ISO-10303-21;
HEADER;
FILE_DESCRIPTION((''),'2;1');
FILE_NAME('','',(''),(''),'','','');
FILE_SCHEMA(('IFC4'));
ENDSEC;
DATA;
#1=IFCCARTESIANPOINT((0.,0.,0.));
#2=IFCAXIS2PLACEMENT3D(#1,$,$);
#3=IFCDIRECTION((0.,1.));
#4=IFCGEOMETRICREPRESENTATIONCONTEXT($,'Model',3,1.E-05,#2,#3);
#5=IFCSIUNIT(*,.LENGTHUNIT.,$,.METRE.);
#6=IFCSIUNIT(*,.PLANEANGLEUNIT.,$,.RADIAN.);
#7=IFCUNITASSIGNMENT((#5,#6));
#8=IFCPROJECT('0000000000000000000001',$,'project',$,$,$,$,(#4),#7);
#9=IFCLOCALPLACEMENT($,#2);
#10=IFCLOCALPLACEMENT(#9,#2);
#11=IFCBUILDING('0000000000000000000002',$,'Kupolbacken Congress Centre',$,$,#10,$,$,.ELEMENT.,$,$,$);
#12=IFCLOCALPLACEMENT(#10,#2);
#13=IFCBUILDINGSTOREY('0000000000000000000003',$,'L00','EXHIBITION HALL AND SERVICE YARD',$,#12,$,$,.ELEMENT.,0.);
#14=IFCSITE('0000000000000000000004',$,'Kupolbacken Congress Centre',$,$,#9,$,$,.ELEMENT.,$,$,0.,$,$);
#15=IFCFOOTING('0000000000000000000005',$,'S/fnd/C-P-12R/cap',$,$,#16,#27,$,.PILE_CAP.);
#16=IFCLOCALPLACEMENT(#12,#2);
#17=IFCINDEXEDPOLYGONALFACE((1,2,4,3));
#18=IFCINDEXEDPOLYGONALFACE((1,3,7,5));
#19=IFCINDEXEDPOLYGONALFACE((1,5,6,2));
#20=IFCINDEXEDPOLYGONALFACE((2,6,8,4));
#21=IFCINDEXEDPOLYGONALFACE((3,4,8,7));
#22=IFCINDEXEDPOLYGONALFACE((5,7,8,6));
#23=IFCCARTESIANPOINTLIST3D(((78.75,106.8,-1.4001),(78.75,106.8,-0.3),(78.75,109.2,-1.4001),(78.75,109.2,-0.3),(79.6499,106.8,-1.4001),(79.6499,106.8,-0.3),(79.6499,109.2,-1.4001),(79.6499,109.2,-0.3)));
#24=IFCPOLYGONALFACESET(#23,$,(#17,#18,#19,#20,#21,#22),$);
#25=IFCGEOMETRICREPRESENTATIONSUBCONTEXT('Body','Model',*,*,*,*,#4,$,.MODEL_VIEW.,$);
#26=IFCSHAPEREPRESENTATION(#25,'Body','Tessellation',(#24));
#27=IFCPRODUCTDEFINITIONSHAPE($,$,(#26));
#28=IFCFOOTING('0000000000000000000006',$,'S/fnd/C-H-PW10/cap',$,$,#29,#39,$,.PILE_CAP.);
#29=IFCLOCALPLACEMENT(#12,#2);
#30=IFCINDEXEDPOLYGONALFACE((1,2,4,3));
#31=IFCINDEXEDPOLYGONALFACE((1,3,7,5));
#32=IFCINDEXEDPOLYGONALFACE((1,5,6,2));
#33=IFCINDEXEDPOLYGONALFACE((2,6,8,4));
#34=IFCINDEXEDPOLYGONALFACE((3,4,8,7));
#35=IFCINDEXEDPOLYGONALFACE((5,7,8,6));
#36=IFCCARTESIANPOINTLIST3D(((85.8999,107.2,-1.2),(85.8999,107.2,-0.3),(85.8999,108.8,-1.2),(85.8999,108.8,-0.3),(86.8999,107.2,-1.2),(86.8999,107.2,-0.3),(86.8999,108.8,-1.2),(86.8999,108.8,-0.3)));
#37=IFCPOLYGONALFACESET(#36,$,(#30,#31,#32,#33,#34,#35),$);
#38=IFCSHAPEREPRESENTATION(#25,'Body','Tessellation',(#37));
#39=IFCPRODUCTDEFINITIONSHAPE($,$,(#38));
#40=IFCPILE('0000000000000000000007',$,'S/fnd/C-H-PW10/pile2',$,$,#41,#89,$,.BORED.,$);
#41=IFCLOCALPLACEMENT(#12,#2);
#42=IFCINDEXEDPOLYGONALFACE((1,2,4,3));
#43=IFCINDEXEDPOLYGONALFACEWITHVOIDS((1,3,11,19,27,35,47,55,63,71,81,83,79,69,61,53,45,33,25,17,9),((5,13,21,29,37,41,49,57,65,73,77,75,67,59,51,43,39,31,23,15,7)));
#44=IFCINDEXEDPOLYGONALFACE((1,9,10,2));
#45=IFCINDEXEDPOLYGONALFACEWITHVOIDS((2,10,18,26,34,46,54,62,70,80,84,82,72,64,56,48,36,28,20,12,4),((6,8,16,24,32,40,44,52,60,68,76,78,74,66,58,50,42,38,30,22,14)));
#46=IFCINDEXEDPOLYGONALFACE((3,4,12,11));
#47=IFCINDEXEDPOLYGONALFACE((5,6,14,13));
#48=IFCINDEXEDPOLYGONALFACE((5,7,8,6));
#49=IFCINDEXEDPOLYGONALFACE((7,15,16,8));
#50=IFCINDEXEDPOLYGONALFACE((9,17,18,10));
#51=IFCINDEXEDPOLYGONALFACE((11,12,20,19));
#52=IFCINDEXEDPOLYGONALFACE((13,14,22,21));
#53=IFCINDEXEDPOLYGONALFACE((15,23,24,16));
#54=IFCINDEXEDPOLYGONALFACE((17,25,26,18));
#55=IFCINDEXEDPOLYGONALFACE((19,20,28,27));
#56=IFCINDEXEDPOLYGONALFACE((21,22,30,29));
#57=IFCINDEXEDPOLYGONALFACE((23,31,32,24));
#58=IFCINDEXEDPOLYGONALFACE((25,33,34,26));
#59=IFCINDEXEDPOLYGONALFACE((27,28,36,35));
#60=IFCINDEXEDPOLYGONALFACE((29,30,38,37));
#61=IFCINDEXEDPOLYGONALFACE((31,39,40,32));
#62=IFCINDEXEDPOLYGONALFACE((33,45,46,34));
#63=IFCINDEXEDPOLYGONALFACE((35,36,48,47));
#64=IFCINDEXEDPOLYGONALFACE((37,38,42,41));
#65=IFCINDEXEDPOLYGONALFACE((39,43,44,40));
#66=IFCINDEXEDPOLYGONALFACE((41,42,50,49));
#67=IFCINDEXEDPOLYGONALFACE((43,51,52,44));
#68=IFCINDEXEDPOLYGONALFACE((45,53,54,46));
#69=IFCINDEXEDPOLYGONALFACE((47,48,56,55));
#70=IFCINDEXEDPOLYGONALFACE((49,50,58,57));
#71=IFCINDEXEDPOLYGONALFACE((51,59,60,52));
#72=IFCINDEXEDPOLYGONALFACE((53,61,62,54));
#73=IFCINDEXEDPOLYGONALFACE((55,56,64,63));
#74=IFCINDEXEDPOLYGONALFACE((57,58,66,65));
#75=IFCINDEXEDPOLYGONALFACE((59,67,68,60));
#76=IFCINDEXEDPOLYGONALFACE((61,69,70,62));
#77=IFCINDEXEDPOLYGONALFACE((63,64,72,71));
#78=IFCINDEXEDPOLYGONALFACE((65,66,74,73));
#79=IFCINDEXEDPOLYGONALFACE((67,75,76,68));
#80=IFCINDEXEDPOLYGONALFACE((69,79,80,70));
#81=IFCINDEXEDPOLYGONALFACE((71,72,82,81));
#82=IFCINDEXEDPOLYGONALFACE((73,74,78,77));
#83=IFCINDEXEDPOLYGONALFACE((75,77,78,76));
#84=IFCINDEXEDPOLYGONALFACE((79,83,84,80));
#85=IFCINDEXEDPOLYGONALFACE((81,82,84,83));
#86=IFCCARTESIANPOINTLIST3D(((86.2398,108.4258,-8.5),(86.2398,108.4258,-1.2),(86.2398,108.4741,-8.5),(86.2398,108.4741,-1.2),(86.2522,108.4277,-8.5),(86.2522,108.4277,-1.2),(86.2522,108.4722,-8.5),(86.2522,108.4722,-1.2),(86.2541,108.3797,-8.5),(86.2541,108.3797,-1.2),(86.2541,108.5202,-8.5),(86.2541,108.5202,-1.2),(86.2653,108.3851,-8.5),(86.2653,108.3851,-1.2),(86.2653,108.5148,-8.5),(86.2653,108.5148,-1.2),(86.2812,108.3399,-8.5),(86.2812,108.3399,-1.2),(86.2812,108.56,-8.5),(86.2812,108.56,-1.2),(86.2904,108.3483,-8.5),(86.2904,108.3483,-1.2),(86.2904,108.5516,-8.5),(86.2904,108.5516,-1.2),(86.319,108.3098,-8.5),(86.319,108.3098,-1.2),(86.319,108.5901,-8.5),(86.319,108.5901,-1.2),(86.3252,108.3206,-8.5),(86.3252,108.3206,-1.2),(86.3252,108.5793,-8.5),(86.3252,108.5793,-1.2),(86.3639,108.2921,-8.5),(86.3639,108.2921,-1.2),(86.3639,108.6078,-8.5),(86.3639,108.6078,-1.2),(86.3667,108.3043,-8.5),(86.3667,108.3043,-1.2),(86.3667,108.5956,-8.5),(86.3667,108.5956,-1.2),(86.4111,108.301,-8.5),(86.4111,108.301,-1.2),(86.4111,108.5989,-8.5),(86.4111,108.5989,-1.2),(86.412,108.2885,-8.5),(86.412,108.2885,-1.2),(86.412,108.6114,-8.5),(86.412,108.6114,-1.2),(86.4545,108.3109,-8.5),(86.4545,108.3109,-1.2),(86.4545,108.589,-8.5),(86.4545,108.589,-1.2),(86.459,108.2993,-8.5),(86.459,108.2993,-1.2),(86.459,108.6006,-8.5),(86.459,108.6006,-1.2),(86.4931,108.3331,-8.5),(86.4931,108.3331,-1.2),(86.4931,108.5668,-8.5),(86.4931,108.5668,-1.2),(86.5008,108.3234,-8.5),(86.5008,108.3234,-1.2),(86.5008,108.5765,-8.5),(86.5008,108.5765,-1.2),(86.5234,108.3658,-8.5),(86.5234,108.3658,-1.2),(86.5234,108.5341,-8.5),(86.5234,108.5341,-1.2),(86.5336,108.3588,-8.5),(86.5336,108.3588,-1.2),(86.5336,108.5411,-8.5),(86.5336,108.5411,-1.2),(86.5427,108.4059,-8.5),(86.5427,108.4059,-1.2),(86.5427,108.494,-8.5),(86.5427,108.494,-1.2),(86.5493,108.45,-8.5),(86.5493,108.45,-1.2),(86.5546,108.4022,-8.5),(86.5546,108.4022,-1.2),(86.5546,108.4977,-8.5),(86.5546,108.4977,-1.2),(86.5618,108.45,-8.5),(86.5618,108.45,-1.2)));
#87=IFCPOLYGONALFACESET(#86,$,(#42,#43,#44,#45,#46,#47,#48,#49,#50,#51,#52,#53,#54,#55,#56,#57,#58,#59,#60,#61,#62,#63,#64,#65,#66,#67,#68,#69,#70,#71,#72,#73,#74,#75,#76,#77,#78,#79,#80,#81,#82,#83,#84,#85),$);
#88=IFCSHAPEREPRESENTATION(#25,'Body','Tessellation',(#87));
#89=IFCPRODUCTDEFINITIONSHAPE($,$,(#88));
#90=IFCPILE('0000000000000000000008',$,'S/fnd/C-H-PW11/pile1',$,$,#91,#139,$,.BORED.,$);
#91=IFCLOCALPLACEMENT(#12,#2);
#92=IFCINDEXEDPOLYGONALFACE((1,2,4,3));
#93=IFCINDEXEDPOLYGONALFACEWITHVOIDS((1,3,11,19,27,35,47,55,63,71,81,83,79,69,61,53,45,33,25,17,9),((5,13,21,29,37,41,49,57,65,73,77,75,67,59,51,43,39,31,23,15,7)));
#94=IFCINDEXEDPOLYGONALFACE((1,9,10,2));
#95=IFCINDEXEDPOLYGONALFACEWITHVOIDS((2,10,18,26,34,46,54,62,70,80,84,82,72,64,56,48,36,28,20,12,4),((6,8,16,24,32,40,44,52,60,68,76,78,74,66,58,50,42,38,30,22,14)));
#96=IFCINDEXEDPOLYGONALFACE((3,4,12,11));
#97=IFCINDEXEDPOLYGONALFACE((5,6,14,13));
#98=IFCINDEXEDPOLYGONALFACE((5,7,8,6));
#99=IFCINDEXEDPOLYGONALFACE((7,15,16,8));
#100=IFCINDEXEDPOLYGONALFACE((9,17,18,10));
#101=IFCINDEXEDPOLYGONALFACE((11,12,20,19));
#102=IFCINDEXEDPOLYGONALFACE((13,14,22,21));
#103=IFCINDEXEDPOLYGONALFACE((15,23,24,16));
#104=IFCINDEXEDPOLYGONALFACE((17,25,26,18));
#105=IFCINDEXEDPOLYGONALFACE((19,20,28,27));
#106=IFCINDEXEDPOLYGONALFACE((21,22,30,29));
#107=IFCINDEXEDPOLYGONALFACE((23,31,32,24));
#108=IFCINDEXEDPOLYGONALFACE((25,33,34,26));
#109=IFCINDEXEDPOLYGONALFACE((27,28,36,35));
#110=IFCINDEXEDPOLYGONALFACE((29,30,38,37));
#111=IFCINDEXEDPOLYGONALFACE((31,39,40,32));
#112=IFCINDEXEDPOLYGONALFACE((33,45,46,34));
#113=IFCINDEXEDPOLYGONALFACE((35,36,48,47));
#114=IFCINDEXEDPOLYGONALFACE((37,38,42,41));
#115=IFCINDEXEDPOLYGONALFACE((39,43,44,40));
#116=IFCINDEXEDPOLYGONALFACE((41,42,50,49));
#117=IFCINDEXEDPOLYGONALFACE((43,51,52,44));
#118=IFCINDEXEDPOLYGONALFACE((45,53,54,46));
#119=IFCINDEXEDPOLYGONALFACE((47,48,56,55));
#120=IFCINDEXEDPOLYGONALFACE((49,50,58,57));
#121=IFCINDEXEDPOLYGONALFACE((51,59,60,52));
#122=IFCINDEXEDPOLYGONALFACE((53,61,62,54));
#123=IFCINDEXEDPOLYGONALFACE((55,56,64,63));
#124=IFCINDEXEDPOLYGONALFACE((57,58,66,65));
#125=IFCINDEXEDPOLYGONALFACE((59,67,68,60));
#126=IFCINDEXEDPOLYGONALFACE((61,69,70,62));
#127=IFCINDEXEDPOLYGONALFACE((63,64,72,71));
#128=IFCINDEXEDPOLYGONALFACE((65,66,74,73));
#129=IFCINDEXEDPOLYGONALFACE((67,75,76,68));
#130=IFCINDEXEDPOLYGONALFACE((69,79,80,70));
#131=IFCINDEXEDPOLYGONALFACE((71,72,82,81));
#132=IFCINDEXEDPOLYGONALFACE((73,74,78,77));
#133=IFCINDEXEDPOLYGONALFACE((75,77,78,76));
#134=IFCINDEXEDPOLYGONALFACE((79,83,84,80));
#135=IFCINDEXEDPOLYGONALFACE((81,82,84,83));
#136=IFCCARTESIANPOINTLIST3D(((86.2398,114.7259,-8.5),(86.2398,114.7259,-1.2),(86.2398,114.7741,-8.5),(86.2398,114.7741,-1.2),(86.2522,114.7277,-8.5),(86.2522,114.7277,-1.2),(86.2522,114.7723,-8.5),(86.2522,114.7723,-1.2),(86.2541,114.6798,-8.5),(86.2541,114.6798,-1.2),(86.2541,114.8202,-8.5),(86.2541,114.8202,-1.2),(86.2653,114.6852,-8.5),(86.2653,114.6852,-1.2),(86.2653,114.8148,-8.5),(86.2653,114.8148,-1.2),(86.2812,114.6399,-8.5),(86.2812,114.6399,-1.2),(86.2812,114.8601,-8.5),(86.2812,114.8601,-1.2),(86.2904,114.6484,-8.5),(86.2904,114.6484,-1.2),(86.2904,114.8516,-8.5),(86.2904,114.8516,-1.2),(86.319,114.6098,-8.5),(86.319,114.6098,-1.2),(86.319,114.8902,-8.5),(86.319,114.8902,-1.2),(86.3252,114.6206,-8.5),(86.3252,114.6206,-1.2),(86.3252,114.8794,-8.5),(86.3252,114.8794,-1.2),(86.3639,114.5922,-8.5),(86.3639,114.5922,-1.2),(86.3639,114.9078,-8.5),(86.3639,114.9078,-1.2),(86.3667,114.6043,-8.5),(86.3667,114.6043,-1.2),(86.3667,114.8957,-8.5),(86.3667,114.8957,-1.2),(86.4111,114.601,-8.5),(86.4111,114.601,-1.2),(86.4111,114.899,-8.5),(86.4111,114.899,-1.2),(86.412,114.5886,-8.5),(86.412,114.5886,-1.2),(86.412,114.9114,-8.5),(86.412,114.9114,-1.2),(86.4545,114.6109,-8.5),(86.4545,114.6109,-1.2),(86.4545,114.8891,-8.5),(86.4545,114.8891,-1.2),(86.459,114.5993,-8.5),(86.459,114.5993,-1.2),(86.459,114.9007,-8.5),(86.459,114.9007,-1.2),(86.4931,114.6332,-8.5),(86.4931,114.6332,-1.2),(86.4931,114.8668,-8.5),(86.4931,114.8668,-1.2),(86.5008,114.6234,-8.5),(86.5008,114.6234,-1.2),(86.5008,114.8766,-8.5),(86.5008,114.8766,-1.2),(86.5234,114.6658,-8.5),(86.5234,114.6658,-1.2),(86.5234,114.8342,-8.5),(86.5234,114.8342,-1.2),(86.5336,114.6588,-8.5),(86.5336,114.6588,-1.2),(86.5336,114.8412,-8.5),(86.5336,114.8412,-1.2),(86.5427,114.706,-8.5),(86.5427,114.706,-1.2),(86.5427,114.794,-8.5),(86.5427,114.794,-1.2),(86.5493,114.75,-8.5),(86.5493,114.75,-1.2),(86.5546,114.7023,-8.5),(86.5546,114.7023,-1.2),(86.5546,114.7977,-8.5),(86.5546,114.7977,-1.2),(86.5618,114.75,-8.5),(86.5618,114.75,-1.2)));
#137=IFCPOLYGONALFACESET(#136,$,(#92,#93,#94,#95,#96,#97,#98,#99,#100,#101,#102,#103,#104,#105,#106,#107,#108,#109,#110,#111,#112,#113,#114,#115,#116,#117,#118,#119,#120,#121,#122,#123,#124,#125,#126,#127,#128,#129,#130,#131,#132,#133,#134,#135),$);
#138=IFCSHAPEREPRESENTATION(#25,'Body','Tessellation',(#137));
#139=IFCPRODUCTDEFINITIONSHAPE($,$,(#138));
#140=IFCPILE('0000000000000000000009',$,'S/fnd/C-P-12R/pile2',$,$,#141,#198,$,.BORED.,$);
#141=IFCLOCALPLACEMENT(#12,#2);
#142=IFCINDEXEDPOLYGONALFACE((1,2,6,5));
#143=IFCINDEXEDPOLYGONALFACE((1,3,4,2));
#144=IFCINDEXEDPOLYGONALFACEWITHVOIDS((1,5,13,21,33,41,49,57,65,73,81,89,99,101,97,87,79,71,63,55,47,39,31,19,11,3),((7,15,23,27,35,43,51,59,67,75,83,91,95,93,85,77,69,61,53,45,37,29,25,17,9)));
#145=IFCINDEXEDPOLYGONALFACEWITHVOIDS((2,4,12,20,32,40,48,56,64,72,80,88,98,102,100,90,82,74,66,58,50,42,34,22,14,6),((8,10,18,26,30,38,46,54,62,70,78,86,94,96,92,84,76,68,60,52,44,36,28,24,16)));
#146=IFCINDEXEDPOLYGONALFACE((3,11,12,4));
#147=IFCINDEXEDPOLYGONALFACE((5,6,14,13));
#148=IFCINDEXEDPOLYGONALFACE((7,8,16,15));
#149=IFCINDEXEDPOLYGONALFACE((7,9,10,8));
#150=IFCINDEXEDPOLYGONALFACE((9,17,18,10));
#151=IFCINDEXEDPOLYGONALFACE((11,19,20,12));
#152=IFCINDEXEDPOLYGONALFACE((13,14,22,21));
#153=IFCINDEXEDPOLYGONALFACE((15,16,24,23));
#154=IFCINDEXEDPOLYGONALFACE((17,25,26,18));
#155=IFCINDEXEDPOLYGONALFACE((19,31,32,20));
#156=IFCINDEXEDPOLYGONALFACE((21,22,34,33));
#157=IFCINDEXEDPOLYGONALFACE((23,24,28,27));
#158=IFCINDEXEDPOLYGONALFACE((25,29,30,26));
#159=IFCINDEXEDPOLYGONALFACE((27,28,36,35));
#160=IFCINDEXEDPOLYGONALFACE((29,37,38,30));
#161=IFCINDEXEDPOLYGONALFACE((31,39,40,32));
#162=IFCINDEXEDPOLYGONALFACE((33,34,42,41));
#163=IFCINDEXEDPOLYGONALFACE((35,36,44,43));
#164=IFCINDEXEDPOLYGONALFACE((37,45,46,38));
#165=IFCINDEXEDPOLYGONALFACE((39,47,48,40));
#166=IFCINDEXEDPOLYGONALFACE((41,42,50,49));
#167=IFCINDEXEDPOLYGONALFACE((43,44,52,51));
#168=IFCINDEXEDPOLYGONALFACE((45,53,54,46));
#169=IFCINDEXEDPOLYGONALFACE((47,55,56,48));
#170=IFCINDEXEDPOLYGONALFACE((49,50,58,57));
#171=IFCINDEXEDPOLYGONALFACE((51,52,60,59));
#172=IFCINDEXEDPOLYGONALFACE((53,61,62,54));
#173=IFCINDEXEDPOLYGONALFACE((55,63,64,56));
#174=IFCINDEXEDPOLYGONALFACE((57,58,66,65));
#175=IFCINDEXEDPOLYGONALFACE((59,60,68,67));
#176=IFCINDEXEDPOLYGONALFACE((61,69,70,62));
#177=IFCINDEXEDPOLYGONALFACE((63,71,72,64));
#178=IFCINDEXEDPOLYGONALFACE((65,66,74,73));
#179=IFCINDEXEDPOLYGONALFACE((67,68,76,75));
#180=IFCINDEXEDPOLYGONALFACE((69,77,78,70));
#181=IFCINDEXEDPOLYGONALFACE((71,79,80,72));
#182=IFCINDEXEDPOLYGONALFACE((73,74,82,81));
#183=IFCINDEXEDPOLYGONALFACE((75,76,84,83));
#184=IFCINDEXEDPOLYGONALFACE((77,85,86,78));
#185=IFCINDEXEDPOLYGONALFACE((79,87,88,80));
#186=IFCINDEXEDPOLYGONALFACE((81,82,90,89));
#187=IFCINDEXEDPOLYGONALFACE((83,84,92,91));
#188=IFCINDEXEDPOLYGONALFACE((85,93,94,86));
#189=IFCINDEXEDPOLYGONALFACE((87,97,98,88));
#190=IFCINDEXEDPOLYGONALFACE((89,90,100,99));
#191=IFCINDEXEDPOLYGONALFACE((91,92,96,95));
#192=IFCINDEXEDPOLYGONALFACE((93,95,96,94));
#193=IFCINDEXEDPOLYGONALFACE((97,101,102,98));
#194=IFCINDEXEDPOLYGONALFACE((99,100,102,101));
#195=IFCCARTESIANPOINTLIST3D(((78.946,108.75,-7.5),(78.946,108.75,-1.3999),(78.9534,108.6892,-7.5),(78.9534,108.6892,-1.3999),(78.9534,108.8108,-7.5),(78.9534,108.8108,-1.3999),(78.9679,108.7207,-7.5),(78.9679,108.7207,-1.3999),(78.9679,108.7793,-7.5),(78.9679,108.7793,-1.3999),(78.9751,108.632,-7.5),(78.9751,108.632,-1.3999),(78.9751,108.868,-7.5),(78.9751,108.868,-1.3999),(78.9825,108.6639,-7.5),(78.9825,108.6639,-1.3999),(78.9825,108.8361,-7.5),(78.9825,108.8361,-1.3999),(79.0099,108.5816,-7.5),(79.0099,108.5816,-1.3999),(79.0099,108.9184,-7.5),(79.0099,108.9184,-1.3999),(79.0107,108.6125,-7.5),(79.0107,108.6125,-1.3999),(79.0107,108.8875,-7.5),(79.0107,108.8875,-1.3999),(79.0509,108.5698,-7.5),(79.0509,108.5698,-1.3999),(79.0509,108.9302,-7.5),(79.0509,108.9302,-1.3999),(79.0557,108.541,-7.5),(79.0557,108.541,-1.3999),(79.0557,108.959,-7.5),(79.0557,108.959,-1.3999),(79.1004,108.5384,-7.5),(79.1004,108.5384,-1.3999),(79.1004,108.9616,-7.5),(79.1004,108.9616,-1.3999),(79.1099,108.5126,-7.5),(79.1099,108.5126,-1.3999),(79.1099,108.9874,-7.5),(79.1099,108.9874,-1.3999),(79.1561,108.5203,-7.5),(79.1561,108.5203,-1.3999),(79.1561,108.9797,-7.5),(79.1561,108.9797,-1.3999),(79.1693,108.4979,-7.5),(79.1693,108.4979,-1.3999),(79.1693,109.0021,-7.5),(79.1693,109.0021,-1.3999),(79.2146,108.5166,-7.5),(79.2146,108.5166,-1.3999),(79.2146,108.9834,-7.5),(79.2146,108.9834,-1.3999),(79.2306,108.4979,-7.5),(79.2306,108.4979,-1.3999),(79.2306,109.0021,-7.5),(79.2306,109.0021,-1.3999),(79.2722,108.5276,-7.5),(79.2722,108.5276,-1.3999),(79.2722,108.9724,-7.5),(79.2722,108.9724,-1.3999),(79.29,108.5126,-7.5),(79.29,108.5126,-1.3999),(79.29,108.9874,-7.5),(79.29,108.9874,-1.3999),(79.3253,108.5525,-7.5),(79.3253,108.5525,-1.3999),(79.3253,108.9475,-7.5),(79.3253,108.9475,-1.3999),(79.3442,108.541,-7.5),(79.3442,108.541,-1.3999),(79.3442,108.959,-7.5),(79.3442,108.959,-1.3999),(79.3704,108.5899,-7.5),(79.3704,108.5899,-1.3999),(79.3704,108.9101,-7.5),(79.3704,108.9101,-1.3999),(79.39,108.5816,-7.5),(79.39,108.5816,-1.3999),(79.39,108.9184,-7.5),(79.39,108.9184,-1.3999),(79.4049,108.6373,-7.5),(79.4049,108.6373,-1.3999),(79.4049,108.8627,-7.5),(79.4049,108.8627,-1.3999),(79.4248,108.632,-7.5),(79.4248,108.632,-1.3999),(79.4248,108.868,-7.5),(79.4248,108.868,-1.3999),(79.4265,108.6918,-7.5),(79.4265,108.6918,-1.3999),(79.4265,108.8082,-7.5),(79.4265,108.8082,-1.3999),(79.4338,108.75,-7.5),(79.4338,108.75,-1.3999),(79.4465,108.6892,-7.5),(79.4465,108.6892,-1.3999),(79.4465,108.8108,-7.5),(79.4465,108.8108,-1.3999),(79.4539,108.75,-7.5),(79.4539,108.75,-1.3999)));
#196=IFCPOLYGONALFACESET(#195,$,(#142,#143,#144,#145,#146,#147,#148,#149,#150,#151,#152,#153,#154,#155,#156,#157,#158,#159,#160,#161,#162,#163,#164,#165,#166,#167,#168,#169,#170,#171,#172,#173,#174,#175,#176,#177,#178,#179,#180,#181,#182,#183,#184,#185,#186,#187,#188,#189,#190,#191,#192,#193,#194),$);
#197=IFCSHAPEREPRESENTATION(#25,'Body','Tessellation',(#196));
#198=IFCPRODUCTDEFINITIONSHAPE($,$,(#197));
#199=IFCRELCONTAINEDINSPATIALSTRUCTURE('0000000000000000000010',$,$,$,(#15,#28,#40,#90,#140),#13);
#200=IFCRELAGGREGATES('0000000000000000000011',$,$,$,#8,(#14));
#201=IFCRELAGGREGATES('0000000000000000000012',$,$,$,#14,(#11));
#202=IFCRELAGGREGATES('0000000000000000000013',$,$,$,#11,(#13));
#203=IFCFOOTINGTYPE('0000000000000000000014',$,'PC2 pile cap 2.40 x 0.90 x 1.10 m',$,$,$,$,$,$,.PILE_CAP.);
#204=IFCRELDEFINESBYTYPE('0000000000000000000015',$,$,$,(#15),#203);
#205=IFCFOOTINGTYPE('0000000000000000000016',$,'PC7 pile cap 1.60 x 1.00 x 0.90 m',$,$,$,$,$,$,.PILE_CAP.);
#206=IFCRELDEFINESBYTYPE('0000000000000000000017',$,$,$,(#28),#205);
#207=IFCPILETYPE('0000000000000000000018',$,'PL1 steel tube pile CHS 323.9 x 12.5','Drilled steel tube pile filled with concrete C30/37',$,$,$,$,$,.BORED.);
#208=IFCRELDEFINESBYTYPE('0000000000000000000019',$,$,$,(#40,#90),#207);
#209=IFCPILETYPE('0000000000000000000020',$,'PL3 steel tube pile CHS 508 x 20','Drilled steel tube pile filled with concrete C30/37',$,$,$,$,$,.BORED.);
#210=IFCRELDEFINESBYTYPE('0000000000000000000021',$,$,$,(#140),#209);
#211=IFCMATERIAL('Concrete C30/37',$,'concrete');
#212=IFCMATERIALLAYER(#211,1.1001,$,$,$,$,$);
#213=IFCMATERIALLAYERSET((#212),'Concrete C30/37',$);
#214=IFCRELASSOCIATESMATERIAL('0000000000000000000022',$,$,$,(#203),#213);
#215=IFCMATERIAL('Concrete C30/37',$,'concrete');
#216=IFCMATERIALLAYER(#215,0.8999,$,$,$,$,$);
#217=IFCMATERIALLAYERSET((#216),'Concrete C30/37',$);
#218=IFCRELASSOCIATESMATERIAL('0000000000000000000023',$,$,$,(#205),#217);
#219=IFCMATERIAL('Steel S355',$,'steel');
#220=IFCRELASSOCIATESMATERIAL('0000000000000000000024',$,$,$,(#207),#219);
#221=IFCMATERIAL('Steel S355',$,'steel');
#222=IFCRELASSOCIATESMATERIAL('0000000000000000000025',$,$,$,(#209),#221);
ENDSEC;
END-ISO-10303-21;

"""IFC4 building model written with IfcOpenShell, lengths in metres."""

from ifc_helpers import new_model, si_unit, direction, frame, origin, origin_2d, place, context, subcontext, project, spatial, rectangle, hollow_circle, extrude, material, layer, layer_set, material_profile, profile_set, type_object, element, save


model = new_model("IFC4")

# Units and contexts
model_context = context("Model", 3, precision=1e-05, world=origin(), true_north=direction((0.0, 1.0)))
body_context = subcontext(model_context, "Body", "Model", "MODEL_VIEW")
ifc_project = project(units=[si_unit("LENGTHUNIT", "METRE"), si_unit("PLANEANGLEUNIT", "RADIAN")], contexts=[model_context])

# Site, building, storey
site_placement = place(None, origin())
site = spatial("IfcSite", under=ifc_project, at=site_placement, Name="Kupolbacken Congress Centre", CompositionType="ELEMENT", RefElevation=0.0)
building_placement = place(site_placement, origin())
building = spatial("IfcBuilding", under=site, at=building_placement, Name="Kupolbacken Congress Centre", CompositionType="ELEMENT")
storey_placement = place(building_placement, origin())
storey = spatial("IfcBuildingStorey", under=building, at=storey_placement, Name="L00", Description="EXHIBITION HALL AND SERVICE YARD", CompositionType="ELEMENT", Elevation=0.0)

# Footings
ifc_material_1 = material(Name="Concrete C30/37", Category="concrete")
ifc_layer_1 = layer(ifc_material_1, 1.1001)
ifc_layer_set_1 = layer_set([ifc_layer_1], Name="Concrete C30/37")
footing_type_1 = type_object("IfcFootingType", Name="PC2 pile cap 2.40 x 0.90 x 1.10 m", PredefinedType="PILE_CAP", material=ifc_layer_set_1)
footing_1_placement = place(storey_placement, frame((79.2, 108.0, -1.4001), z_axis=(0.0, 0.0, 1.0), x_axis=(1.0, 0.0, 0.0)))
element("IfcFooting", 1, at=footing_1_placement, inside=storey, type_object=footing_type_1, Name="S/fnd/C-P-12R/cap", PredefinedType="PILE_CAP", context=body_context, shape_type="SweptSolid", body=[
    extrude(rectangle(XDim=0.8999, YDim=2.3999, at=origin_2d()), origin(), (0.0, 0.0, 1.0), 1.1001),
])
ifc_material_2 = material(Name="Concrete C30/37", Category="concrete")
ifc_layer_2 = layer(ifc_material_2, 0.8999)
ifc_layer_set_2 = layer_set([ifc_layer_2], Name="Concrete C30/37")
footing_type_2 = type_object("IfcFootingType", Name="PC7 pile cap 1.60 x 1.00 x 0.90 m", PredefinedType="PILE_CAP", material=ifc_layer_set_2)
footing_2_placement = place(storey_placement, frame((86.3999, 108.0, -1.2), z_axis=(0.0, 0.0, 1.0), x_axis=(1.0, 0.0, 0.0)))
element("IfcFooting", 2, at=footing_2_placement, inside=storey, type_object=footing_type_2, Name="S/fnd/C-H-PW10/cap", PredefinedType="PILE_CAP", context=body_context, shape_type="SweptSolid", body=[
    extrude(rectangle(XDim=1.0, YDim=1.6001, at=origin_2d()), origin(), (0.0, 0.0, 1.0), 0.8999),
])

# Piles
ifc_material_3 = material(Name="Steel S355", Category="steel")
ifc_material_profile_1 = material_profile(ifc_material_3, hollow_circle(Radius=0.1619, WallThickness=0.0125, at=origin_2d()), Name="CHS 323.9 x 12.5")
ifc_profile_set_1 = profile_set([ifc_material_profile_1], Name="Steel S355")
pile_type_1 = type_object("IfcPileType", Name="PL1 steel tube pile CHS 323.9 x 12.5", Description="Drilled steel tube pile filled with concrete C30/37", PredefinedType="BORED", material=ifc_profile_set_1)
for number, where, z_axis, x_axis, name in (
    (3, (86.3999, 108.45, -1.2), (0.0, 0.0, -1.0), (1.0, 0.0, 0.0), "S/fnd/C-H-PW10/pile2"),
    (4, (86.3999, 114.75, -1.2), (0.0, 0.0, -1.0), (1.0, 0.0, 0.0), "S/fnd/C-H-PW11/pile1"),
):
    element("IfcPile", number, at=place(storey_placement, frame(where, z_axis=z_axis, x_axis=x_axis)), inside=storey, type_object=pile_type_1, Name=name, PredefinedType="BORED", context=body_context, shape_type="SweptSolid", body=[
        extrude(hollow_circle(Radius=0.1619, WallThickness=0.0125, at=origin_2d()), origin(), (0.0, 0.0, 1.0), 7.3),
    ])
ifc_material_4 = material(Name="Steel S355", Category="steel")
ifc_material_profile_2 = material_profile(ifc_material_4, hollow_circle(Radius=0.2539, WallThickness=0.02, at=origin_2d()), Name="CHS 508 x 20")
ifc_profile_set_2 = profile_set([ifc_material_profile_2], Name="Steel S355")
pile_type_2 = type_object("IfcPileType", Name="PL3 steel tube pile CHS 508 x 20", Description="Drilled steel tube pile filled with concrete C30/37", PredefinedType="BORED", material=ifc_profile_set_2)
pile_placement = place(storey_placement, frame((79.2, 108.75, -1.3999), z_axis=(0.0, 0.0, -1.0), x_axis=(1.0, 0.0, 0.0)))
element("IfcPile", 5, at=pile_placement, inside=storey, type_object=pile_type_2, Name="S/fnd/C-P-12R/pile2", PredefinedType="BORED", context=body_context, shape_type="SweptSolid", body=[
    extrude(hollow_circle(Radius=0.2539, WallThickness=0.02, at=origin_2d()), origin(), (0.0, 0.0, 1.0), 6.1001),
])

save(model, "model.ifc")
